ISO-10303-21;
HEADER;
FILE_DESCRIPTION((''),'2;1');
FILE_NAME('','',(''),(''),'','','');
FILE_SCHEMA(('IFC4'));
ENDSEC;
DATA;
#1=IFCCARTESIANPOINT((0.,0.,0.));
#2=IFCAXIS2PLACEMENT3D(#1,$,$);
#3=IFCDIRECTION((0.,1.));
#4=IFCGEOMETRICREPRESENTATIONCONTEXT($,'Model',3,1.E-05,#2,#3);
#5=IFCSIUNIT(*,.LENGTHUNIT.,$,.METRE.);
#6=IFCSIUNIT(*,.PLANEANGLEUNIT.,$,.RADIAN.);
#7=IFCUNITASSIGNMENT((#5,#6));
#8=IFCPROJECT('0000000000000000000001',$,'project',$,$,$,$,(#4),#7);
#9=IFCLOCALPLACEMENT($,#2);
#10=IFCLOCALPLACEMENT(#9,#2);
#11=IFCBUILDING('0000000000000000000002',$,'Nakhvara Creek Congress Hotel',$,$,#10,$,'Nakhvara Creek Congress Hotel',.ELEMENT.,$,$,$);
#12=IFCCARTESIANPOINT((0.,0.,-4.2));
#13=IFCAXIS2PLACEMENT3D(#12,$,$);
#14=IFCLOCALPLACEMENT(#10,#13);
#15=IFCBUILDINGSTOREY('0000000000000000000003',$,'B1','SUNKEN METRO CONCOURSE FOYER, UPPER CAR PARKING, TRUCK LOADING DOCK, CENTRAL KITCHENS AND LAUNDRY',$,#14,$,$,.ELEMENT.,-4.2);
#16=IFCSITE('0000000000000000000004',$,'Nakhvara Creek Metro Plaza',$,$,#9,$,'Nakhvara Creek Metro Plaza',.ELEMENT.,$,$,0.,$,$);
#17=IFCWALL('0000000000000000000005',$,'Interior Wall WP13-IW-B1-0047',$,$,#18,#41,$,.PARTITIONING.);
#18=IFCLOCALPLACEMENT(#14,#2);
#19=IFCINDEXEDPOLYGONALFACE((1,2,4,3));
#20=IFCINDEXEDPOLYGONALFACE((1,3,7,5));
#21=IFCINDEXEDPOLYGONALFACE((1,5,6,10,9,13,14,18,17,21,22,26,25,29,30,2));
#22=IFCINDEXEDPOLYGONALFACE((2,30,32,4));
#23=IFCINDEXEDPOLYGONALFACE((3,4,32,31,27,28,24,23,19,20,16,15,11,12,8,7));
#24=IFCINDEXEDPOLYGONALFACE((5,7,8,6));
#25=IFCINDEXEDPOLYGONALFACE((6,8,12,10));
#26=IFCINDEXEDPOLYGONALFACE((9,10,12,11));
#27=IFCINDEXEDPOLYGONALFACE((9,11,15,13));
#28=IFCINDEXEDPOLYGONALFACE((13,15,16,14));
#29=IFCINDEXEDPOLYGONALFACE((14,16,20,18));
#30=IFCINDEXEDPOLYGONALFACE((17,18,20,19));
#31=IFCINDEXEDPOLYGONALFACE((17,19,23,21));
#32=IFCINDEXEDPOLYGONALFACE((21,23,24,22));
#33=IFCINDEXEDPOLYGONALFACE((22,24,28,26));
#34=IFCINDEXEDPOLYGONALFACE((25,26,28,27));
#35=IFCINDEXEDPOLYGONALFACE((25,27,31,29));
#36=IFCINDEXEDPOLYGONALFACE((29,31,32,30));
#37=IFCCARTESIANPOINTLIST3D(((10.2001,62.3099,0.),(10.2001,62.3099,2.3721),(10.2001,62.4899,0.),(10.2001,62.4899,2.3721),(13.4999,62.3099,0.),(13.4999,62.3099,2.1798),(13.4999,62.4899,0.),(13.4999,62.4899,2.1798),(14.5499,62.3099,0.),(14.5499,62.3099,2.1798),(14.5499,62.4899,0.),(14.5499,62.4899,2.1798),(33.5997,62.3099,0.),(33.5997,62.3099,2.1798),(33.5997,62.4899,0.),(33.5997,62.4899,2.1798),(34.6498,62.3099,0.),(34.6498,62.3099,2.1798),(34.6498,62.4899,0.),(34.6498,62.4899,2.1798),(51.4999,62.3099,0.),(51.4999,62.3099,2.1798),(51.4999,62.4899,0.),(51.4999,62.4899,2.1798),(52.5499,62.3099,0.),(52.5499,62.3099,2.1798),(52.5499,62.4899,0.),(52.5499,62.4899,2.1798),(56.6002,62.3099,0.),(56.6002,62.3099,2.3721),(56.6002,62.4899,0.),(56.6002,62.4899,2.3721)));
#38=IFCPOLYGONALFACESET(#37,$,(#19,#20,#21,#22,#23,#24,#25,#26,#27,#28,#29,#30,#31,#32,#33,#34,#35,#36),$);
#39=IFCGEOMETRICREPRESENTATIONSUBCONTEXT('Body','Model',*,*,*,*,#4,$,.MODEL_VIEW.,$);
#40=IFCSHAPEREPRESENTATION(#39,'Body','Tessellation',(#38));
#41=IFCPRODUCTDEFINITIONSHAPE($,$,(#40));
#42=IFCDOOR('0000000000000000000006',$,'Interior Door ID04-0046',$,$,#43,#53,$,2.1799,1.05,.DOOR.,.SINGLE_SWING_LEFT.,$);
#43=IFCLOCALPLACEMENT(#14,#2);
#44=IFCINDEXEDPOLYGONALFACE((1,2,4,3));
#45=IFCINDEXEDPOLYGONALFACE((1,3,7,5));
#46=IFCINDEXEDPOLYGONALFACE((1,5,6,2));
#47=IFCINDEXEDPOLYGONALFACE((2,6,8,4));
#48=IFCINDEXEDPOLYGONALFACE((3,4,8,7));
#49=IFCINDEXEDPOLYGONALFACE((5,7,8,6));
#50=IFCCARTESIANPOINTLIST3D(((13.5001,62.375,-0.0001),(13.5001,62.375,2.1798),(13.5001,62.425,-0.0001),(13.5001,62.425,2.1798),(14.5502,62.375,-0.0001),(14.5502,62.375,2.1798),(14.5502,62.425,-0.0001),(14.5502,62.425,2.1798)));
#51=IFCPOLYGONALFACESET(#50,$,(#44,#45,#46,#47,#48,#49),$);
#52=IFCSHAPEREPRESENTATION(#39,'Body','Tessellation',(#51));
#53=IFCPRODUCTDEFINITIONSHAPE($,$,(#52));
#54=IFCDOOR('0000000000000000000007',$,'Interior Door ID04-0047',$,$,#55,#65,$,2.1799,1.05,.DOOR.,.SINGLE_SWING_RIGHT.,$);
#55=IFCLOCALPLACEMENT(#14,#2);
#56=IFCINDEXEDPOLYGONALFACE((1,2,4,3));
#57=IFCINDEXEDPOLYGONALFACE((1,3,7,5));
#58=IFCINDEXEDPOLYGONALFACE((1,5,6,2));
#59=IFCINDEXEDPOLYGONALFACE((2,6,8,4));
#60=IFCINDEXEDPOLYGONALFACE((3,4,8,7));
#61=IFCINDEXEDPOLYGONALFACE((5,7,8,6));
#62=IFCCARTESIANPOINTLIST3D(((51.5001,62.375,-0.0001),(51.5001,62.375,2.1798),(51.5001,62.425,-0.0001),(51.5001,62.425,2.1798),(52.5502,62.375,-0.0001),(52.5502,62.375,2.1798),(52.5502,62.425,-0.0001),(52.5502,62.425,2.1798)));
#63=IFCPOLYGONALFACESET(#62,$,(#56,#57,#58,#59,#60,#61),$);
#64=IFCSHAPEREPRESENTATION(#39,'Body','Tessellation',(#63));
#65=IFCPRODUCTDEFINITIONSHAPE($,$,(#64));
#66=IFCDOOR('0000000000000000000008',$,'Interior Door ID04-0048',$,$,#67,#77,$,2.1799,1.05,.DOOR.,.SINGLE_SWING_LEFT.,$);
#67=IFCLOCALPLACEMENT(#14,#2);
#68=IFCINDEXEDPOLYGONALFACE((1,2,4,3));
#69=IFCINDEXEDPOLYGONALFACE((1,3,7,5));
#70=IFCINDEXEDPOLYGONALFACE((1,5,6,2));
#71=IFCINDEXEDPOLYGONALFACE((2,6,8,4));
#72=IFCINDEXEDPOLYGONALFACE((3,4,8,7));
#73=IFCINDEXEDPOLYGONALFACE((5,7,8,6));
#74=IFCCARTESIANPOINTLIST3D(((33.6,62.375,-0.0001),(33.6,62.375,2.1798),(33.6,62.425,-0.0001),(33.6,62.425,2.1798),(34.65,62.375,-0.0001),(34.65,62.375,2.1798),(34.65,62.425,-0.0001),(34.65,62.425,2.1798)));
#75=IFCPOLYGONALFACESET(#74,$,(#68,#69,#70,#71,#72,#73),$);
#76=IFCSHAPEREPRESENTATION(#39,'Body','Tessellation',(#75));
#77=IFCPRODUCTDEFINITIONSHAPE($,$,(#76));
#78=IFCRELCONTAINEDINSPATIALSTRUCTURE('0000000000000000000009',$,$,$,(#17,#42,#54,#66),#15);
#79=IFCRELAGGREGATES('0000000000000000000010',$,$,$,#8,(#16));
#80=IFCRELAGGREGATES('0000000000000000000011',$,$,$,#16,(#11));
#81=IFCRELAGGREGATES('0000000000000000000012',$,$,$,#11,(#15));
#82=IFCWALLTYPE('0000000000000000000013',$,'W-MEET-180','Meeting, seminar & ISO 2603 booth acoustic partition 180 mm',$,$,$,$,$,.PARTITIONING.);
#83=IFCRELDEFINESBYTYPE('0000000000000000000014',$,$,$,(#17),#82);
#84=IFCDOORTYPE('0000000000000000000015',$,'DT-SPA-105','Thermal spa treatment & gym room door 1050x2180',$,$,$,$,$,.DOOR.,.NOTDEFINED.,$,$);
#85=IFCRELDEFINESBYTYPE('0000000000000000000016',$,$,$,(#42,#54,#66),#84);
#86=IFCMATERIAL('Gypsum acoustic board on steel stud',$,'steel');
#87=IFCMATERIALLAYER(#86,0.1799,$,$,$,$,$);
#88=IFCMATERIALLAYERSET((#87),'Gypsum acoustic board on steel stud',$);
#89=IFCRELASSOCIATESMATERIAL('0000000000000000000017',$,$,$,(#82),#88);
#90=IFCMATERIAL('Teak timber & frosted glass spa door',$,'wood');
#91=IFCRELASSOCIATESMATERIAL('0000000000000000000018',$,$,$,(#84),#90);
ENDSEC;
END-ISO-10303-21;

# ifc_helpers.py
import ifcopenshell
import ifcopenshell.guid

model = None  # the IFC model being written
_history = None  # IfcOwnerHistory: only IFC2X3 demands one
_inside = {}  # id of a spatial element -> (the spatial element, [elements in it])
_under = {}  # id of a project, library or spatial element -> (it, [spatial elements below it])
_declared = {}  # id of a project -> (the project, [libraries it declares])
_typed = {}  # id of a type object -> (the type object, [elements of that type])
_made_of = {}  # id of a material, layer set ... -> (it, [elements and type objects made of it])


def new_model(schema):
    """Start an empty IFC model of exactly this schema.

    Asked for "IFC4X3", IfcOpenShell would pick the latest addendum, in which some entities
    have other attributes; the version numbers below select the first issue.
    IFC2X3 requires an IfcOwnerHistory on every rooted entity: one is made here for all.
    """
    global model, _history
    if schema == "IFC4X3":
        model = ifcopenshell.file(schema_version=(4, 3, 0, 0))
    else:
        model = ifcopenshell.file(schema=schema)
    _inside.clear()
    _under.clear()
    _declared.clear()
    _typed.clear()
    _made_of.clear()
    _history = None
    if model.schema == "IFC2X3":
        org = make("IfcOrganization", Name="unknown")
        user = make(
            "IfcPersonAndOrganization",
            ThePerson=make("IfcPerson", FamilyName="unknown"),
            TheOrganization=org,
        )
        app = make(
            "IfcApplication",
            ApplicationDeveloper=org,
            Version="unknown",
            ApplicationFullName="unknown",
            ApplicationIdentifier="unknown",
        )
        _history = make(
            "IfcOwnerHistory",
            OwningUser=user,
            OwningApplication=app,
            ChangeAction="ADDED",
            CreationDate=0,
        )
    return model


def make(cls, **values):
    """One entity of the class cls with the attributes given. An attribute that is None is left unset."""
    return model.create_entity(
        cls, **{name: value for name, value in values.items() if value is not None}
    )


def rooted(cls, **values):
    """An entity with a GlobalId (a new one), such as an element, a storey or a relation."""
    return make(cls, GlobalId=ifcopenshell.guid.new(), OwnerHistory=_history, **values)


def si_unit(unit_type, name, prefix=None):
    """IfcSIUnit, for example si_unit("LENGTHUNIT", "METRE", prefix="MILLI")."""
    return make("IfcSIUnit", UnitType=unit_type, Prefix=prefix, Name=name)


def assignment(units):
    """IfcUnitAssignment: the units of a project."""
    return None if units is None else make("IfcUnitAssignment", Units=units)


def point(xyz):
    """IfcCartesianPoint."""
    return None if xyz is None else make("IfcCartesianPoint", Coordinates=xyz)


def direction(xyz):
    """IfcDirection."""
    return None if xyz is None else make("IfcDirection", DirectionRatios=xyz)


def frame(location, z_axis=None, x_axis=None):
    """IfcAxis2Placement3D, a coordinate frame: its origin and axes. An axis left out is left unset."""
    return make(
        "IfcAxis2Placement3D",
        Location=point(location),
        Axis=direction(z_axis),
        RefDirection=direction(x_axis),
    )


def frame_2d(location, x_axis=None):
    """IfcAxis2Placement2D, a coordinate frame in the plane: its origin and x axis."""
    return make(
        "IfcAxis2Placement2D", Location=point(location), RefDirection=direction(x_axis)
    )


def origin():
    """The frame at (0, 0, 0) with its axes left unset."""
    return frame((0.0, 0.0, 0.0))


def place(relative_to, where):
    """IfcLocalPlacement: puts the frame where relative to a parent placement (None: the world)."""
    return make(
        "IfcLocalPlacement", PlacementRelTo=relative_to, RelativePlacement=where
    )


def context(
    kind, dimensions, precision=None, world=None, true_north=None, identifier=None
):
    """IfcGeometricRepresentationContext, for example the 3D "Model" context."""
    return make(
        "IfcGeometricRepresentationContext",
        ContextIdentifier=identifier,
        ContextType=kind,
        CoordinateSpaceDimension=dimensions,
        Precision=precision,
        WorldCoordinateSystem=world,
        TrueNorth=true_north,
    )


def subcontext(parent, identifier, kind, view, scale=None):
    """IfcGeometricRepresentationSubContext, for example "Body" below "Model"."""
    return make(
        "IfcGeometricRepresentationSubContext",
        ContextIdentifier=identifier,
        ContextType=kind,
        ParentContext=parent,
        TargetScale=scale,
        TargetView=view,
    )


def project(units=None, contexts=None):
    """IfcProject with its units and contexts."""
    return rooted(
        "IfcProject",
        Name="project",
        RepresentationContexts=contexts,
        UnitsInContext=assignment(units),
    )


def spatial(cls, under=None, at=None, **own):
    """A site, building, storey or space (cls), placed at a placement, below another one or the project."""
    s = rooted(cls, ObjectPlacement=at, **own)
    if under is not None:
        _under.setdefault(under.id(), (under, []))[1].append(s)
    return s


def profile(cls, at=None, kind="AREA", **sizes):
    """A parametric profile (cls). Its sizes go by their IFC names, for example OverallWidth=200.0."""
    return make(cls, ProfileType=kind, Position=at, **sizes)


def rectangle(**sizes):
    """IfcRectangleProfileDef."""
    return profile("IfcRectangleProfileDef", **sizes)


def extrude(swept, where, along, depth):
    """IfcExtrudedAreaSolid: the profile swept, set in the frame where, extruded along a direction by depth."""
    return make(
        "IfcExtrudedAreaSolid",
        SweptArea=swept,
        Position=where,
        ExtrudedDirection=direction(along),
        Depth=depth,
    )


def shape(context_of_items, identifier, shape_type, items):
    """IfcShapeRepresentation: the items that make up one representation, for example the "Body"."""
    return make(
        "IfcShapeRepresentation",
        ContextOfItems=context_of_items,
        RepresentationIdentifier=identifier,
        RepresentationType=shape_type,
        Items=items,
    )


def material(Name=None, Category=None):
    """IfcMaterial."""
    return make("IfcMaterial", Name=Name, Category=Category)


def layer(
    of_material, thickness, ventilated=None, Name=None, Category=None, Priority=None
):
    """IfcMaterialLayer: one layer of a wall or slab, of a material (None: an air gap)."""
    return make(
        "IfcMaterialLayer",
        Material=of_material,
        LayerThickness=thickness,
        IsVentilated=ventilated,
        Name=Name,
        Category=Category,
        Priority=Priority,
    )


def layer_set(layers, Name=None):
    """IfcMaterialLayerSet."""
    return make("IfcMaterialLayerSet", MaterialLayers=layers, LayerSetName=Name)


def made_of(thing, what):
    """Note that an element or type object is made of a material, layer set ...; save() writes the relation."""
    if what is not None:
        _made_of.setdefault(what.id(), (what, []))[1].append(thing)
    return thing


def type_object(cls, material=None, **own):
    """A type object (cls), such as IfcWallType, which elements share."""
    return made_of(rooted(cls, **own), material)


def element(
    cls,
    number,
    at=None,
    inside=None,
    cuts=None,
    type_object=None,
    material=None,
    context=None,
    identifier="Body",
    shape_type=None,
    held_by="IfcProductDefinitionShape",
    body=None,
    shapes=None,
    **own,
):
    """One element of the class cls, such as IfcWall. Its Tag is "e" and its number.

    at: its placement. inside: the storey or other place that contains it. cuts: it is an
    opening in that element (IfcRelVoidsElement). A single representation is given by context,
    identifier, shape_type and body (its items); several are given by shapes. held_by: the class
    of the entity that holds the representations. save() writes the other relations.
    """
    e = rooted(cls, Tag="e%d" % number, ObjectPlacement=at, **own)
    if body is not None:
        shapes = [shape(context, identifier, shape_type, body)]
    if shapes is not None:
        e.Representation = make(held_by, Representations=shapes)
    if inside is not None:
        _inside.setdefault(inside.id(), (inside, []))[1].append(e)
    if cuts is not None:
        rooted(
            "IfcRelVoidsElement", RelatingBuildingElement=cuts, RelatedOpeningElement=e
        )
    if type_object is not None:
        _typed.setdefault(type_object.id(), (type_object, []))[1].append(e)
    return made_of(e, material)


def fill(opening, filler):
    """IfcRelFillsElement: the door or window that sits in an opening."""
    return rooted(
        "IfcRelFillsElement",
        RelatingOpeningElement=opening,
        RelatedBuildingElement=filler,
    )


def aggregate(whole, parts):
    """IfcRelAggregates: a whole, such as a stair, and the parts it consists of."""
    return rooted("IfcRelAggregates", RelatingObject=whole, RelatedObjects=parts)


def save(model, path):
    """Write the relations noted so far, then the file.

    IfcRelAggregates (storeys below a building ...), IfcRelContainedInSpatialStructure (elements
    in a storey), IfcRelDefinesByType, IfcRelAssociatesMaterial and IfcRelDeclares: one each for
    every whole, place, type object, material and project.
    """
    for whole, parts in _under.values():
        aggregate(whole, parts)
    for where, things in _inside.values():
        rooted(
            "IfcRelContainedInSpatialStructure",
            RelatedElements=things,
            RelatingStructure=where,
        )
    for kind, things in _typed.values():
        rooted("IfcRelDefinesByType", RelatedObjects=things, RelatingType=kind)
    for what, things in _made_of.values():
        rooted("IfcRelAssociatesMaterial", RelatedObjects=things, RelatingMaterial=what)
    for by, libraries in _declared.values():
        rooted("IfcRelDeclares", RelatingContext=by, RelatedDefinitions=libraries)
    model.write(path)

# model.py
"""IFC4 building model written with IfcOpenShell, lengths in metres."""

from ifc_helpers import new_model, si_unit, direction, frame, frame_2d, origin, place, context, subcontext, project, spatial, rectangle, extrude, material, layer, layer_set, type_object, element, fill, save


model = new_model("IFC4")

# Units and contexts
model_context = context("Model", 3, precision=1e-05, world=origin(), true_north=direction((0.0, 1.0)))
body_context = subcontext(model_context, "Body", "Model", "MODEL_VIEW")
ifc_project = project(units=[si_unit("LENGTHUNIT", "METRE"), si_unit("PLANEANGLEUNIT", "RADIAN")], contexts=[model_context])

# Site, building, storey
site_placement = place(None, origin())
site = spatial("IfcSite", under=ifc_project, at=site_placement, Name="Nakhvara Creek Metro Plaza", LongName="Nakhvara Creek Metro Plaza", CompositionType="ELEMENT", RefElevation=0.0)
building_placement = place(site_placement, origin())
building = spatial("IfcBuilding", under=site, at=building_placement, Name="Nakhvara Creek Congress Hotel", LongName="Nakhvara Creek Congress Hotel", CompositionType="ELEMENT")
storey_placement = place(building_placement, frame((0.0, 0.0, -4.2)))
storey = spatial("IfcBuildingStorey", under=building, at=storey_placement, Name="B1", Description="SUNKEN METRO CONCOURSE FOYER, UPPER CAR PARKING, TRUCK LOADING DOCK, CENTRAL KITCHENS AND LAUNDRY", CompositionType="ELEMENT", Elevation=-4.2)

# Wall, openings, doors
ifc_material_1 = material(Name="Gypsum acoustic board on steel stud", Category="steel")
ifc_layer = layer(ifc_material_1, 0.1799)
ifc_layer_set = layer_set([ifc_layer], Name="Gypsum acoustic board on steel stud")
wall_type = type_object("IfcWallType", Name="W-MEET-180", Description="Meeting, seminar & ISO 2603 booth acoustic partition 180 mm", PredefinedType="PARTITIONING", material=ifc_layer_set)
wall_placement = place(storey_placement, frame((10.2, 62.3999, 0.0), z_axis=(0.0, 0.0, 1.0), x_axis=(1.0, 0.0, 0.0)))
wall = element("IfcWall", 1, at=wall_placement, inside=storey, type_object=wall_type, Name="Interior Wall WP13-IW-B1-0047", PredefinedType="PARTITIONING", context=body_context, shape_type="SweptSolid", body=[
    extrude(rectangle(XDim=46.4001, YDim=0.1799, at=frame_2d((23.2002, 0.0))), origin(), (0.0, 0.0, 1.0), 2.3721),
])
opening_1_placement = place(wall_placement, frame((3.3, 0.0, 0.0)))
opening_1 = element("IfcOpeningElement", 2, at=opening_1_placement, cuts=wall, PredefinedType="OPENING", context=body_context, shape_type="SweptSolid", body=[
    extrude(rectangle(XDim=1.05, YDim=2.1799, at=frame_2d((0.5249, 1.0898))), frame((0.0, 0.1021, 0.0), z_axis=(0.0, -1.0, 0.0), x_axis=(1.0, 0.0, 0.0)), (0.0, 0.0, 1.0), 0.2039),
])
opening_2_placement = place(wall_placement, frame((41.3, 0.0, 0.0)))
opening_2 = element("IfcOpeningElement", 3, at=opening_2_placement, cuts=wall, PredefinedType="OPENING", context=body_context, shape_type="SweptSolid", body=[
    extrude(rectangle(XDim=1.05, YDim=2.1799, at=frame_2d((0.5249, 1.0898))), frame((0.0, 0.1021, 0.0), z_axis=(0.0, -1.0, 0.0), x_axis=(1.0, 0.0, 0.0)), (0.0, 0.0, 1.0), 0.2039),
])
opening_3_placement = place(wall_placement, frame((23.3999, 0.0, 0.0)))
opening_3 = element("IfcOpeningElement", 4, at=opening_3_placement, cuts=wall, PredefinedType="OPENING", context=body_context, shape_type="SweptSolid", body=[
    extrude(rectangle(XDim=1.05, YDim=2.1799, at=frame_2d((0.5249, 1.0898))), frame((0.0, 0.1021, 0.0), z_axis=(0.0, -1.0, 0.0), x_axis=(1.0, 0.0, 0.0)), (0.0, 0.0, 1.0), 0.2039),
])
ifc_material_2 = material(Name="Teak timber & frosted glass spa door", Category="wood")
door_type = type_object("IfcDoorType", Name="DT-SPA-105", Description="Thermal spa treatment & gym room door 1050x2180", OperationType="NOTDEFINED", PredefinedType="DOOR", material=ifc_material_2)
door_1_placement = place(opening_1_placement, frame((1.05, 0.0, 0.0), z_axis=(0.0, 0.0, 1.0), x_axis=(-1.0, 0.0, 0.0)))
door_1 = element("IfcDoor", 5, at=door_1_placement, inside=storey, type_object=door_type, Name="Interior Door ID04-0046", OperationType="SINGLE_SWING_LEFT", OverallHeight=2.1799, OverallWidth=1.05, PredefinedType="DOOR", context=body_context, shape_type="SweptSolid", body=[
    extrude(rectangle(XDim=1.05, YDim=2.1799, at=frame_2d((0.5249, 1.0898))), frame((0.0, 0.0249, 0.0), z_axis=(0.0, -1.0, 0.0), x_axis=(1.0, 0.0, 0.0)), (0.0, 0.0, 1.0), 0.05),
])
fill(opening_1, door_1)
door_2_placement = place(opening_2_placement, frame((1.05, 0.0, 0.0), z_axis=(0.0, 0.0, 1.0), x_axis=(-1.0, 0.0, 0.0)))
door_2 = element("IfcDoor", 6, at=door_2_placement, inside=storey, type_object=door_type, Name="Interior Door ID04-0047", OperationType="SINGLE_SWING_RIGHT", OverallHeight=2.1799, OverallWidth=1.05, PredefinedType="DOOR", context=body_context, shape_type="SweptSolid", body=[
    extrude(rectangle(XDim=1.05, YDim=2.1799, at=frame_2d((0.5249, 1.0898))), frame((0.0, 0.0249, 0.0), z_axis=(0.0, -1.0, 0.0), x_axis=(1.0, 0.0, 0.0)), (0.0, 0.0, 1.0), 0.05),
])
fill(opening_2, door_2)
door_3_placement = place(opening_3_placement, frame((1.05, 0.0, 0.0), z_axis=(0.0, 0.0, 1.0), x_axis=(-1.0, 0.0, 0.0)))
door_3 = element("IfcDoor", 7, at=door_3_placement, inside=storey, type_object=door_type, Name="Interior Door ID04-0048", OperationType="SINGLE_SWING_LEFT", OverallHeight=2.1799, OverallWidth=1.05, PredefinedType="DOOR", context=body_context, shape_type="SweptSolid", body=[
    extrude(rectangle(XDim=1.05, YDim=2.1799, at=frame_2d((0.5249, 1.0898))), frame((0.0, 0.0249, 0.0), z_axis=(0.0, -1.0, 0.0), x_axis=(1.0, 0.0, 0.0)), (0.0, 0.0, 1.0), 0.05),
])
fill(opening_3, door_3)

save(model, "model.ifc")
